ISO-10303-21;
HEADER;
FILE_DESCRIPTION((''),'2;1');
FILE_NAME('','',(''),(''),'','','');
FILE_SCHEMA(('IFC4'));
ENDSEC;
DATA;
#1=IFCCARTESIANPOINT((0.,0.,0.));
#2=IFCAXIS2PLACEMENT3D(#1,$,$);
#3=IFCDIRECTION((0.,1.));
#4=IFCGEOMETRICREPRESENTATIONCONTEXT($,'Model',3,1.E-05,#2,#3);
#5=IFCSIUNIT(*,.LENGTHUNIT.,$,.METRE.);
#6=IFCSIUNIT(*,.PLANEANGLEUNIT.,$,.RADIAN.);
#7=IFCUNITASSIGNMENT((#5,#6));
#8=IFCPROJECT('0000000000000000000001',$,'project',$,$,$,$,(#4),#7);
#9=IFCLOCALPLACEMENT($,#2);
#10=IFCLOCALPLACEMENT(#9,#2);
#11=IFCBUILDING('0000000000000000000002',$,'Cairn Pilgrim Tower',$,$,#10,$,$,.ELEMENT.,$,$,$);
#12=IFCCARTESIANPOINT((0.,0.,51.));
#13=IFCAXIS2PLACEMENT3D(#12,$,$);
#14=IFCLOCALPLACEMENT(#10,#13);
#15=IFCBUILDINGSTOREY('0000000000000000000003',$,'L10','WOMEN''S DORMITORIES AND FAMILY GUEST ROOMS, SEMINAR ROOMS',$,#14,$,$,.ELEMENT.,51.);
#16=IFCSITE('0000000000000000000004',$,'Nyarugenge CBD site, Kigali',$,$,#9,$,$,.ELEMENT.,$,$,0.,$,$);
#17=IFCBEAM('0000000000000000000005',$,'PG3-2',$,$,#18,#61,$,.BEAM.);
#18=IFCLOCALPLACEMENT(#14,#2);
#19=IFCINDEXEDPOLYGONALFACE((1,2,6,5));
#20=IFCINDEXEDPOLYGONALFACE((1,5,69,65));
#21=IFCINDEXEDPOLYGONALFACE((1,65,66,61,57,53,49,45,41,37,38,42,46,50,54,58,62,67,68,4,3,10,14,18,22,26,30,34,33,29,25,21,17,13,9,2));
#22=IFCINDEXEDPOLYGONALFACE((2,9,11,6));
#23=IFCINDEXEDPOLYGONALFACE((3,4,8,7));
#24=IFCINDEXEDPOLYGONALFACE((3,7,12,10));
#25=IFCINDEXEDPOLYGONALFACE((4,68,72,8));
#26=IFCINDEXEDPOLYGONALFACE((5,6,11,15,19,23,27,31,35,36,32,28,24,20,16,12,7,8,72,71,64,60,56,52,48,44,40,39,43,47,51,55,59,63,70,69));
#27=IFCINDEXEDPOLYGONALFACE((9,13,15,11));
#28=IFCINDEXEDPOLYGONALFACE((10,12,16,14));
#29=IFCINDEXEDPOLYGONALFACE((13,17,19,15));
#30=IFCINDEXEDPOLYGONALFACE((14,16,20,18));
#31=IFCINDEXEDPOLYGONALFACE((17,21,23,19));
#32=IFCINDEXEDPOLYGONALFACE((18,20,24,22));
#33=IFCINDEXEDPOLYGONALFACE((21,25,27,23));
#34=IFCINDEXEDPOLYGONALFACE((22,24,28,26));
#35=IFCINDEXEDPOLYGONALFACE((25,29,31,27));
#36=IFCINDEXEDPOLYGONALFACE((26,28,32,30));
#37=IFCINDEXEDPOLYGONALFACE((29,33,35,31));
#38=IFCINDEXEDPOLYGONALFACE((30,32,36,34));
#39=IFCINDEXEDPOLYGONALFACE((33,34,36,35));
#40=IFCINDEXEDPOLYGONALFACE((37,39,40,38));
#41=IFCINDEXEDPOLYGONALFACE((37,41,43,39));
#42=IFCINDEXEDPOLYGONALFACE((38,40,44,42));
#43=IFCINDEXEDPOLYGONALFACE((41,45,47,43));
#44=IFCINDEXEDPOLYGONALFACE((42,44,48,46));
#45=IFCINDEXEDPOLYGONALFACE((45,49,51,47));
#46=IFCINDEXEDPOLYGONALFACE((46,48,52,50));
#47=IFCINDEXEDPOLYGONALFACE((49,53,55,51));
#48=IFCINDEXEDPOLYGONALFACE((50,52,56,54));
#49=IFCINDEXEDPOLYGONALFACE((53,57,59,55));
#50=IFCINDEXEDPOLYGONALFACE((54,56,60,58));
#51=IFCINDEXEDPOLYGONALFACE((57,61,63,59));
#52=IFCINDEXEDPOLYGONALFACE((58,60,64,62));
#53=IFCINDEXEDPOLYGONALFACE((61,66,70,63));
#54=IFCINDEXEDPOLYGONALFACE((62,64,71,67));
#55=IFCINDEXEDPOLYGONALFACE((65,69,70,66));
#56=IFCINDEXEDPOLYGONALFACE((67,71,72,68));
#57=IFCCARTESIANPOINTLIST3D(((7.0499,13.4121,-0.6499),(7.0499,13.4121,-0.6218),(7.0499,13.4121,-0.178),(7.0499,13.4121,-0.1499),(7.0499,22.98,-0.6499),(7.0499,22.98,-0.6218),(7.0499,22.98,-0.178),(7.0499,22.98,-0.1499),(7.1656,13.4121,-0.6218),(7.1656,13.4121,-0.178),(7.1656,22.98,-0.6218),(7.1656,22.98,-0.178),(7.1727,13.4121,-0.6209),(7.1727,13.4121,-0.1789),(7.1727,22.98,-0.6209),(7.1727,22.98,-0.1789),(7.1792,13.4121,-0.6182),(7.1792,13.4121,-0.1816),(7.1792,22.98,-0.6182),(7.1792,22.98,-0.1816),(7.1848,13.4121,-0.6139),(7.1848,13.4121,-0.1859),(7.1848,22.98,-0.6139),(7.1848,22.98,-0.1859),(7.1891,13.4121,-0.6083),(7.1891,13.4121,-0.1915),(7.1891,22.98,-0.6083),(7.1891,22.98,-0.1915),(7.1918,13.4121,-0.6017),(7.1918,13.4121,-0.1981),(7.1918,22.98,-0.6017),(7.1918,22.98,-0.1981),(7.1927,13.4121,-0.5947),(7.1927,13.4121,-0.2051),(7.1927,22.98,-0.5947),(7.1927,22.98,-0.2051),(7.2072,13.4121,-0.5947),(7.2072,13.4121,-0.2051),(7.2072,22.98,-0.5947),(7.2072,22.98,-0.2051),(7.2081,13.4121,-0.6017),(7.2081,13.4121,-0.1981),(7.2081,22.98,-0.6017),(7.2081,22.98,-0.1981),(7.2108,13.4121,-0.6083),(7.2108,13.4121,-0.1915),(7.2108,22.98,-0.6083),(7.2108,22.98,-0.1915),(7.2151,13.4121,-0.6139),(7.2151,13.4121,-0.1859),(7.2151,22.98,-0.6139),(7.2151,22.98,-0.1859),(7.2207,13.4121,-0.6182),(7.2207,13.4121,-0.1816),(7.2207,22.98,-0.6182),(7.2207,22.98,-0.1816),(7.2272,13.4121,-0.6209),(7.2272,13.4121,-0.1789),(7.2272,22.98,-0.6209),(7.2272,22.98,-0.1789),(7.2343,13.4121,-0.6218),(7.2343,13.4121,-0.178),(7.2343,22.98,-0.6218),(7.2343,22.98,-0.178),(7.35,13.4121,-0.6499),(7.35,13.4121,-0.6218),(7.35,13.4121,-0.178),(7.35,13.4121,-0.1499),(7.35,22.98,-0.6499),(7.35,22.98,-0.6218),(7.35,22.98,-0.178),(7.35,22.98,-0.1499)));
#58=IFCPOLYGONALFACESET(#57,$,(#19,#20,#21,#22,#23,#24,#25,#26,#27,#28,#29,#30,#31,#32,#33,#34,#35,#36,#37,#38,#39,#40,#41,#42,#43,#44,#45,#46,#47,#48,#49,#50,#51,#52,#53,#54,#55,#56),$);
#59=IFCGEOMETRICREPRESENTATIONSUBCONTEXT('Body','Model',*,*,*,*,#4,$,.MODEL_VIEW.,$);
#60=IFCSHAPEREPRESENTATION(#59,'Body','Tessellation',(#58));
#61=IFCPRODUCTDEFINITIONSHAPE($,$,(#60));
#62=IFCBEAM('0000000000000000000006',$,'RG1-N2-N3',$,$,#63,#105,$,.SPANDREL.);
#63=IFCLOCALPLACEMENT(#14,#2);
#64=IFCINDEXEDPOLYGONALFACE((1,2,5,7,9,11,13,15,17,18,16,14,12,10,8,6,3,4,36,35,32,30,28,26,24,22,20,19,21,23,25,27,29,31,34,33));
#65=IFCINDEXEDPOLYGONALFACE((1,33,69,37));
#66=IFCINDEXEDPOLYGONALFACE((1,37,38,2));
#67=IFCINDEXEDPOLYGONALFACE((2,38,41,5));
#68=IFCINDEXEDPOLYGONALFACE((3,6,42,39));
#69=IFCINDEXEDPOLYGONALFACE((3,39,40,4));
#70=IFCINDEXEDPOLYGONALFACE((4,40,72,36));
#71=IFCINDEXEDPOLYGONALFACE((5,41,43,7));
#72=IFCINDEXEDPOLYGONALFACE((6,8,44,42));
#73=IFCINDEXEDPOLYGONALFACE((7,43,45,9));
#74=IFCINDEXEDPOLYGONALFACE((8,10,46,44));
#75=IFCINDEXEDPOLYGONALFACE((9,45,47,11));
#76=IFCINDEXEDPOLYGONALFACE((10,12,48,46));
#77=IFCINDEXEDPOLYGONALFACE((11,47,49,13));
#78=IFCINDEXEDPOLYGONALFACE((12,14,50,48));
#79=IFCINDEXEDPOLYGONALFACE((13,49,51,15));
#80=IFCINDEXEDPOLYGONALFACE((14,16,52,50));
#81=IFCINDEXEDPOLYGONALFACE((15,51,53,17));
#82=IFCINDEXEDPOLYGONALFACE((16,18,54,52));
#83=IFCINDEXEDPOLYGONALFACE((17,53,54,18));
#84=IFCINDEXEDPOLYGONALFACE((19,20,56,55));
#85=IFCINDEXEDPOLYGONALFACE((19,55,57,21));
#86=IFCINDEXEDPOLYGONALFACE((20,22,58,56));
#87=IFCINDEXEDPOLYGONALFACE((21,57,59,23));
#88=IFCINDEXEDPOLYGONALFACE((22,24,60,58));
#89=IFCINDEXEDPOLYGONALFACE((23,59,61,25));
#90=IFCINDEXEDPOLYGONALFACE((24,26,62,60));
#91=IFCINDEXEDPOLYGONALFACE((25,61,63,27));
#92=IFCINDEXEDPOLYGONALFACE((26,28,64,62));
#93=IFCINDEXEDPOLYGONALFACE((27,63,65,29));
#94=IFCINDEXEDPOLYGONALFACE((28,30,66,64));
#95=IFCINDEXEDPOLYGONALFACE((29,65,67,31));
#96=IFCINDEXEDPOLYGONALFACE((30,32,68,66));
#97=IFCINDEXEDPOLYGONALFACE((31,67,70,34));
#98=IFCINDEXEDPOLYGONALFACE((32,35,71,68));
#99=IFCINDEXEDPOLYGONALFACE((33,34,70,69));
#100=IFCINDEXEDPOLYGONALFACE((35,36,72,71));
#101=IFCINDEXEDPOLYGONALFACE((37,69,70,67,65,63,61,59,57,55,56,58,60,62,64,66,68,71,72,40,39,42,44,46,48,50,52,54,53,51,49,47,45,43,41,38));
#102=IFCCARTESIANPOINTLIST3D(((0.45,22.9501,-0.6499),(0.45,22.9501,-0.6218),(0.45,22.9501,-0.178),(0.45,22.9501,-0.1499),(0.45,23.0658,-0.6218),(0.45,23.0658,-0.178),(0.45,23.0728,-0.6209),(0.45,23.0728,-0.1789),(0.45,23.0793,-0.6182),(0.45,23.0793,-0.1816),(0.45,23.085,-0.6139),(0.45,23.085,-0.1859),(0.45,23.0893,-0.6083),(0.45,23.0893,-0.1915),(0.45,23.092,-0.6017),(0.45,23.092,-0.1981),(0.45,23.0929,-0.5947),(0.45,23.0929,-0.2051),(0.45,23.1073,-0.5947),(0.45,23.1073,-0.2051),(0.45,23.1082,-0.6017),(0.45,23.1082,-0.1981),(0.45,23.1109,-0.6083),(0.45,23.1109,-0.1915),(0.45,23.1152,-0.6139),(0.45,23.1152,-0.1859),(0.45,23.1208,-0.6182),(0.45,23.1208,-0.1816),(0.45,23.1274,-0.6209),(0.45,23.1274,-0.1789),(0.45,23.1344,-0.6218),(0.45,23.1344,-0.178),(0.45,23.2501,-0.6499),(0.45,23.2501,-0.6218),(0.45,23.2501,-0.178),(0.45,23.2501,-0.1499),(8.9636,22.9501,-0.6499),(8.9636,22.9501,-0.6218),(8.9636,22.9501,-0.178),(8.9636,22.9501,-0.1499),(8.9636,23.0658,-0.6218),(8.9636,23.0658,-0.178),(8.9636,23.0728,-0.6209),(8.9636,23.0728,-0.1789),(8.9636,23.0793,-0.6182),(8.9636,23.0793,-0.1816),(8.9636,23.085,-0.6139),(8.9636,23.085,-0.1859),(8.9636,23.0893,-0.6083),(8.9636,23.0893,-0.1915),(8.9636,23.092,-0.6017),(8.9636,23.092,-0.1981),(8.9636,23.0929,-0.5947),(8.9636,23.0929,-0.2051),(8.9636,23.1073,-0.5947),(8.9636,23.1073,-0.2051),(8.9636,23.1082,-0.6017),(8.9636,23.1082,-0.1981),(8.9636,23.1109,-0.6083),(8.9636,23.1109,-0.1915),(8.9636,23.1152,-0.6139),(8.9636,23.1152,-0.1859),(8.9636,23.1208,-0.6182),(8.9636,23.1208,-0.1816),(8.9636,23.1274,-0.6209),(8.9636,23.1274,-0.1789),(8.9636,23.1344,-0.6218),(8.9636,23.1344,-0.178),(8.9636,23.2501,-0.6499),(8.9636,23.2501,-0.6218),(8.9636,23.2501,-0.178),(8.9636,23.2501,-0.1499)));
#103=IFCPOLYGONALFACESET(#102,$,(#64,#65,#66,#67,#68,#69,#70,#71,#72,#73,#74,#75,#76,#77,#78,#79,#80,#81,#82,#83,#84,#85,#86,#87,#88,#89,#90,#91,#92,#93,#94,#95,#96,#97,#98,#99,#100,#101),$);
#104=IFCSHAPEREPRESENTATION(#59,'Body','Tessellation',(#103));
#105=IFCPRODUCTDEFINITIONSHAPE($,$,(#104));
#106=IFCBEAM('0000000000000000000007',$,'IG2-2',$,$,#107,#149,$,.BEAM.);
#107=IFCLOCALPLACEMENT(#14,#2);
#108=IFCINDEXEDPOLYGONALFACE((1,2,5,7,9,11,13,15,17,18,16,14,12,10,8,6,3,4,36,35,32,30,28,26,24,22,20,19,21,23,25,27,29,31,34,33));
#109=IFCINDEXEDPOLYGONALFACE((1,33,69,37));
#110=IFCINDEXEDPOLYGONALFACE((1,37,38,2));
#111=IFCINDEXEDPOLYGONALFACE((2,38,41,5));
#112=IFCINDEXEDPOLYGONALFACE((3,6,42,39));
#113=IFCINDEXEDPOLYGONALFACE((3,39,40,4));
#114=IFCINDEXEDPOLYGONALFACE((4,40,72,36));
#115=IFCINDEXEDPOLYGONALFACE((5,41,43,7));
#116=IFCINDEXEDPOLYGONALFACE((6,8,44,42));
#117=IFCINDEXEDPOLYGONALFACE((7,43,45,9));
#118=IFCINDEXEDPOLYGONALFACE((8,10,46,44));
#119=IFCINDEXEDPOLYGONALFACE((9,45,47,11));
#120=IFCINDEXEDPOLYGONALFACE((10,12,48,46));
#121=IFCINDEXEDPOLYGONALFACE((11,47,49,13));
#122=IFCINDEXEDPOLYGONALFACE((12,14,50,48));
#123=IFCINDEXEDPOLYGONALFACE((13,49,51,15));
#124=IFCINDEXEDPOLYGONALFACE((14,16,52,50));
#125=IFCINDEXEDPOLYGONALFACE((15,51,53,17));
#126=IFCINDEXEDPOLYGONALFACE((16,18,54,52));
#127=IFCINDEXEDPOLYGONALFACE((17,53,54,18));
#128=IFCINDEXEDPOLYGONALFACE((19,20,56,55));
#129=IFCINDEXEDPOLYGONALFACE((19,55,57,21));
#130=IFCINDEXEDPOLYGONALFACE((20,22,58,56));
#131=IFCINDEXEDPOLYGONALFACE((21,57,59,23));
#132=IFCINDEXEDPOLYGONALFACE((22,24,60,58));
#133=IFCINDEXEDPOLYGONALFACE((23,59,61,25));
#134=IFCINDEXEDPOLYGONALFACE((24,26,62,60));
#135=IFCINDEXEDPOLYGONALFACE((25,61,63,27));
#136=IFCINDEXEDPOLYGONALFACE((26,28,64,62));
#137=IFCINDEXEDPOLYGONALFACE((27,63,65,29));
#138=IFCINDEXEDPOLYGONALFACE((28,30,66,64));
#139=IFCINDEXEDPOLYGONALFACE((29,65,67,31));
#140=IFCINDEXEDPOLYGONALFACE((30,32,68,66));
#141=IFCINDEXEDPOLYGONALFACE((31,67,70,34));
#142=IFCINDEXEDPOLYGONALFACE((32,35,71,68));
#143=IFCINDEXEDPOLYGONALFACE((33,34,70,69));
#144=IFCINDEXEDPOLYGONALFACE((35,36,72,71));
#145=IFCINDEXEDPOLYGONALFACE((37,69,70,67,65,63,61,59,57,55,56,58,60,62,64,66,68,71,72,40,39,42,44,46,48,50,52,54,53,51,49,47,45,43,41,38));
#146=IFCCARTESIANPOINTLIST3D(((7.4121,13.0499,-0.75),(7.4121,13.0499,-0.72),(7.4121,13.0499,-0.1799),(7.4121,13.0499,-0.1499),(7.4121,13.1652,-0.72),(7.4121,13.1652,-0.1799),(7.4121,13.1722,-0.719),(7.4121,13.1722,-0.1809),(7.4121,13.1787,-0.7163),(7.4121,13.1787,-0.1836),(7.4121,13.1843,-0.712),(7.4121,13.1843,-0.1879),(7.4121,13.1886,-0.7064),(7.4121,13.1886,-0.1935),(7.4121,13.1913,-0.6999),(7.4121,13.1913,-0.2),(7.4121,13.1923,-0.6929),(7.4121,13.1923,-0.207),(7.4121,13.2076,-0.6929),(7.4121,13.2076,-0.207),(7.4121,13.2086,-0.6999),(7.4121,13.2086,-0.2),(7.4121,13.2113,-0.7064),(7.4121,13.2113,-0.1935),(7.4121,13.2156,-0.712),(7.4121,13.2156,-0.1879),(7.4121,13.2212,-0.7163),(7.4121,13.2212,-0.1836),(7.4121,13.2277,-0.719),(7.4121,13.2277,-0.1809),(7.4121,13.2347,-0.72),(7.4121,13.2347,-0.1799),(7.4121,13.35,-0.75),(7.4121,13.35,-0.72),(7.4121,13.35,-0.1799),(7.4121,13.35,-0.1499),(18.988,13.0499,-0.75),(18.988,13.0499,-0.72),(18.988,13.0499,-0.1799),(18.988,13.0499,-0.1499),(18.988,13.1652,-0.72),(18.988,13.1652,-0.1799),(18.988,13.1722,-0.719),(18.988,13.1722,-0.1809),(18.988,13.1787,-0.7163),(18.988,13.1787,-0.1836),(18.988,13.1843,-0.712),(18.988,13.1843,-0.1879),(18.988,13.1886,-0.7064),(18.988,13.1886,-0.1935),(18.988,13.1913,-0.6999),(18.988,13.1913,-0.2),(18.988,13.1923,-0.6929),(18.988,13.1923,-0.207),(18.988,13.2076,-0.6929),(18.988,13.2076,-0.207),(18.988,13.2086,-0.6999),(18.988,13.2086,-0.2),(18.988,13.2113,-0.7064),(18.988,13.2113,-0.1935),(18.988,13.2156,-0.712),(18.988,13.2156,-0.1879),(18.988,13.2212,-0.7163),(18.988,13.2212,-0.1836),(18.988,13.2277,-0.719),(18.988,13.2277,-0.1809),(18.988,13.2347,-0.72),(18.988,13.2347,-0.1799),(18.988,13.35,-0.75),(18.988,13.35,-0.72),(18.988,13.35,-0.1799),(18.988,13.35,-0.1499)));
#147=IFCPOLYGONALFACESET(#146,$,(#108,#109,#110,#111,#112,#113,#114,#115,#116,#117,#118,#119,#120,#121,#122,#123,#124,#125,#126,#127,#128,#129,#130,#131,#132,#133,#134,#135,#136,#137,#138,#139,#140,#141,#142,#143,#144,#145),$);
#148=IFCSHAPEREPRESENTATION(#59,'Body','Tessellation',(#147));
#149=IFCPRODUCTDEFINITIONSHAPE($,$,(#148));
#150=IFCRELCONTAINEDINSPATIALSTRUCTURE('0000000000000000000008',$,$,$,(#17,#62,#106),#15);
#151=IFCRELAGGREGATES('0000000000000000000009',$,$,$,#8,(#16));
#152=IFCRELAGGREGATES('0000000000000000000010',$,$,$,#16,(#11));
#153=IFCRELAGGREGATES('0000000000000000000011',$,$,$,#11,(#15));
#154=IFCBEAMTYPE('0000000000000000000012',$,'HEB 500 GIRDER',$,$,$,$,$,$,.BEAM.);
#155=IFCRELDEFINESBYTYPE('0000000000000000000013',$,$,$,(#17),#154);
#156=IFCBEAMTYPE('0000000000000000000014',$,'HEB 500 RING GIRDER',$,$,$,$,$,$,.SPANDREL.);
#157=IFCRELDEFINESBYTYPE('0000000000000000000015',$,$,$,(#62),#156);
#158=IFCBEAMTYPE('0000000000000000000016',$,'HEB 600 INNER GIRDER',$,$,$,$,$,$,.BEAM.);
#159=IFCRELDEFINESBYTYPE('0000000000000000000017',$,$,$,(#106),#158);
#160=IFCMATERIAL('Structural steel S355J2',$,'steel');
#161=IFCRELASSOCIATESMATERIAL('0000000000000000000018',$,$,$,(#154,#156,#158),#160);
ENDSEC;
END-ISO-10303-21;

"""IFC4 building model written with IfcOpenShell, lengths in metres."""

from ifc_helpers import new_model, si_unit, direction, frame, origin, origin_2d, place, context, subcontext, project, spatial, i_section, extrude, material, material_profile, profile_set, type_object, element, save


model = new_model("IFC4")

# Units and contexts
model_context = context("Model", 3, precision=1e-05, world=origin(), true_north=direction((0.0, 1.0)))
body_context = subcontext(model_context, "Body", "Model", "MODEL_VIEW")
ifc_project = project(units=[si_unit("LENGTHUNIT", "METRE"), si_unit("PLANEANGLEUNIT", "RADIAN")], contexts=[model_context])

# Site, building, storey
site_placement = place(None, origin())
site = spatial("IfcSite", under=ifc_project, at=site_placement, Name="Nyarugenge CBD site, Kigali", CompositionType="ELEMENT", RefElevation=0.0)
building_placement = place(site_placement, origin())
building = spatial("IfcBuilding", under=site, at=building_placement, Name="Cairn Pilgrim Tower", CompositionType="ELEMENT")
storey_placement = place(building_placement, frame((0.0, 0.0, 51.0)))
storey = spatial("IfcBuildingStorey", under=building, at=storey_placement, Name="L10", Description="WOMEN'S DORMITORIES AND FAMILY GUEST ROOMS, SEMINAR ROOMS", CompositionType="ELEMENT", Elevation=51.0)

# Beams
ifc_material_1 = material(Name="Structural steel S355J2", Category="steel")
ifc_material_profile_1 = material_profile(ifc_material_1, i_section(OverallWidth=0.3, OverallDepth=0.5, WebThickness=0.0144, FlangeThickness=0.0281, FilletRadius=0.0271, at=origin_2d()), Name="HEB 500")
ifc_profile_set_1 = profile_set([ifc_material_profile_1], Name="Structural steel S355J2")
beam_type_1 = type_object("IfcBeamType", Name="HEB 500 GIRDER", PredefinedType="BEAM", material=ifc_profile_set_1)
beam_1_placement = place(storey_placement, frame((7.2, 13.4121, -0.3999), z_axis=(0.0, 1.0, 0.0), x_axis=(-1.0, 0.0, 0.0)))
element("IfcBeam", 1, at=beam_1_placement, inside=storey, type_object=beam_type_1, Name="PG3-2", PredefinedType="BEAM", context=body_context, shape_type="SweptSolid", body=[
    extrude(i_section(OverallWidth=0.3, OverallDepth=0.5, WebThickness=0.0144, FlangeThickness=0.0281, FilletRadius=0.0271, at=origin_2d()), origin(), (0.0, 0.0, 1.0), 9.5679),
])
ifc_material_profile_2 = material_profile(ifc_material_1, i_section(OverallWidth=0.3, OverallDepth=0.5, WebThickness=0.0144, FlangeThickness=0.0281, FilletRadius=0.0271, at=origin_2d()), Name="HEB 500")
ifc_profile_set_2 = profile_set([ifc_material_profile_2], Name="Structural steel S355J2")
beam_type_2 = type_object("IfcBeamType", Name="HEB 500 RING GIRDER", PredefinedType="SPANDREL", material=ifc_profile_set_2)
beam_2_placement = place(storey_placement, frame((8.9636, 23.1001, -0.3999), z_axis=(-1.0, 0.0, 0.0), x_axis=(0.0, -1.0, 0.0)))
element("IfcBeam", 2, at=beam_2_placement, inside=storey, type_object=beam_type_2, Name="RG1-N2-N3", PredefinedType="SPANDREL", context=body_context, shape_type="SweptSolid", body=[
    extrude(i_section(OverallWidth=0.3, OverallDepth=0.5, WebThickness=0.0144, FlangeThickness=0.0281, FilletRadius=0.0271, at=origin_2d()), origin(), (0.0, 0.0, 1.0), 8.5137),
])
ifc_material_profile_3 = material_profile(ifc_material_1, i_section(OverallWidth=0.3, OverallDepth=0.6001, WebThickness=0.0154, FlangeThickness=0.03, FilletRadius=0.0271, at=origin_2d()), Name="HEB 600")
ifc_profile_set_3 = profile_set([ifc_material_profile_3], Name="Structural steel S355J2")
beam_type_3 = type_object("IfcBeamType", Name="HEB 600 INNER GIRDER", PredefinedType="BEAM", material=ifc_profile_set_3)
beam_3_placement = place(storey_placement, frame((7.4121, 13.2, -0.45), z_axis=(1.0, 0.0, 0.0), x_axis=(0.0, 1.0, 0.0)))
element("IfcBeam", 3, at=beam_3_placement, inside=storey, type_object=beam_type_3, Name="IG2-2", PredefinedType="BEAM", context=body_context, shape_type="SweptSolid", body=[
    extrude(i_section(OverallWidth=0.3, OverallDepth=0.6001, WebThickness=0.0154, FlangeThickness=0.03, FilletRadius=0.0271, at=origin_2d()), origin(), (0.0, 0.0, 1.0), 11.5759),
])

save(model, "model.ifc")
